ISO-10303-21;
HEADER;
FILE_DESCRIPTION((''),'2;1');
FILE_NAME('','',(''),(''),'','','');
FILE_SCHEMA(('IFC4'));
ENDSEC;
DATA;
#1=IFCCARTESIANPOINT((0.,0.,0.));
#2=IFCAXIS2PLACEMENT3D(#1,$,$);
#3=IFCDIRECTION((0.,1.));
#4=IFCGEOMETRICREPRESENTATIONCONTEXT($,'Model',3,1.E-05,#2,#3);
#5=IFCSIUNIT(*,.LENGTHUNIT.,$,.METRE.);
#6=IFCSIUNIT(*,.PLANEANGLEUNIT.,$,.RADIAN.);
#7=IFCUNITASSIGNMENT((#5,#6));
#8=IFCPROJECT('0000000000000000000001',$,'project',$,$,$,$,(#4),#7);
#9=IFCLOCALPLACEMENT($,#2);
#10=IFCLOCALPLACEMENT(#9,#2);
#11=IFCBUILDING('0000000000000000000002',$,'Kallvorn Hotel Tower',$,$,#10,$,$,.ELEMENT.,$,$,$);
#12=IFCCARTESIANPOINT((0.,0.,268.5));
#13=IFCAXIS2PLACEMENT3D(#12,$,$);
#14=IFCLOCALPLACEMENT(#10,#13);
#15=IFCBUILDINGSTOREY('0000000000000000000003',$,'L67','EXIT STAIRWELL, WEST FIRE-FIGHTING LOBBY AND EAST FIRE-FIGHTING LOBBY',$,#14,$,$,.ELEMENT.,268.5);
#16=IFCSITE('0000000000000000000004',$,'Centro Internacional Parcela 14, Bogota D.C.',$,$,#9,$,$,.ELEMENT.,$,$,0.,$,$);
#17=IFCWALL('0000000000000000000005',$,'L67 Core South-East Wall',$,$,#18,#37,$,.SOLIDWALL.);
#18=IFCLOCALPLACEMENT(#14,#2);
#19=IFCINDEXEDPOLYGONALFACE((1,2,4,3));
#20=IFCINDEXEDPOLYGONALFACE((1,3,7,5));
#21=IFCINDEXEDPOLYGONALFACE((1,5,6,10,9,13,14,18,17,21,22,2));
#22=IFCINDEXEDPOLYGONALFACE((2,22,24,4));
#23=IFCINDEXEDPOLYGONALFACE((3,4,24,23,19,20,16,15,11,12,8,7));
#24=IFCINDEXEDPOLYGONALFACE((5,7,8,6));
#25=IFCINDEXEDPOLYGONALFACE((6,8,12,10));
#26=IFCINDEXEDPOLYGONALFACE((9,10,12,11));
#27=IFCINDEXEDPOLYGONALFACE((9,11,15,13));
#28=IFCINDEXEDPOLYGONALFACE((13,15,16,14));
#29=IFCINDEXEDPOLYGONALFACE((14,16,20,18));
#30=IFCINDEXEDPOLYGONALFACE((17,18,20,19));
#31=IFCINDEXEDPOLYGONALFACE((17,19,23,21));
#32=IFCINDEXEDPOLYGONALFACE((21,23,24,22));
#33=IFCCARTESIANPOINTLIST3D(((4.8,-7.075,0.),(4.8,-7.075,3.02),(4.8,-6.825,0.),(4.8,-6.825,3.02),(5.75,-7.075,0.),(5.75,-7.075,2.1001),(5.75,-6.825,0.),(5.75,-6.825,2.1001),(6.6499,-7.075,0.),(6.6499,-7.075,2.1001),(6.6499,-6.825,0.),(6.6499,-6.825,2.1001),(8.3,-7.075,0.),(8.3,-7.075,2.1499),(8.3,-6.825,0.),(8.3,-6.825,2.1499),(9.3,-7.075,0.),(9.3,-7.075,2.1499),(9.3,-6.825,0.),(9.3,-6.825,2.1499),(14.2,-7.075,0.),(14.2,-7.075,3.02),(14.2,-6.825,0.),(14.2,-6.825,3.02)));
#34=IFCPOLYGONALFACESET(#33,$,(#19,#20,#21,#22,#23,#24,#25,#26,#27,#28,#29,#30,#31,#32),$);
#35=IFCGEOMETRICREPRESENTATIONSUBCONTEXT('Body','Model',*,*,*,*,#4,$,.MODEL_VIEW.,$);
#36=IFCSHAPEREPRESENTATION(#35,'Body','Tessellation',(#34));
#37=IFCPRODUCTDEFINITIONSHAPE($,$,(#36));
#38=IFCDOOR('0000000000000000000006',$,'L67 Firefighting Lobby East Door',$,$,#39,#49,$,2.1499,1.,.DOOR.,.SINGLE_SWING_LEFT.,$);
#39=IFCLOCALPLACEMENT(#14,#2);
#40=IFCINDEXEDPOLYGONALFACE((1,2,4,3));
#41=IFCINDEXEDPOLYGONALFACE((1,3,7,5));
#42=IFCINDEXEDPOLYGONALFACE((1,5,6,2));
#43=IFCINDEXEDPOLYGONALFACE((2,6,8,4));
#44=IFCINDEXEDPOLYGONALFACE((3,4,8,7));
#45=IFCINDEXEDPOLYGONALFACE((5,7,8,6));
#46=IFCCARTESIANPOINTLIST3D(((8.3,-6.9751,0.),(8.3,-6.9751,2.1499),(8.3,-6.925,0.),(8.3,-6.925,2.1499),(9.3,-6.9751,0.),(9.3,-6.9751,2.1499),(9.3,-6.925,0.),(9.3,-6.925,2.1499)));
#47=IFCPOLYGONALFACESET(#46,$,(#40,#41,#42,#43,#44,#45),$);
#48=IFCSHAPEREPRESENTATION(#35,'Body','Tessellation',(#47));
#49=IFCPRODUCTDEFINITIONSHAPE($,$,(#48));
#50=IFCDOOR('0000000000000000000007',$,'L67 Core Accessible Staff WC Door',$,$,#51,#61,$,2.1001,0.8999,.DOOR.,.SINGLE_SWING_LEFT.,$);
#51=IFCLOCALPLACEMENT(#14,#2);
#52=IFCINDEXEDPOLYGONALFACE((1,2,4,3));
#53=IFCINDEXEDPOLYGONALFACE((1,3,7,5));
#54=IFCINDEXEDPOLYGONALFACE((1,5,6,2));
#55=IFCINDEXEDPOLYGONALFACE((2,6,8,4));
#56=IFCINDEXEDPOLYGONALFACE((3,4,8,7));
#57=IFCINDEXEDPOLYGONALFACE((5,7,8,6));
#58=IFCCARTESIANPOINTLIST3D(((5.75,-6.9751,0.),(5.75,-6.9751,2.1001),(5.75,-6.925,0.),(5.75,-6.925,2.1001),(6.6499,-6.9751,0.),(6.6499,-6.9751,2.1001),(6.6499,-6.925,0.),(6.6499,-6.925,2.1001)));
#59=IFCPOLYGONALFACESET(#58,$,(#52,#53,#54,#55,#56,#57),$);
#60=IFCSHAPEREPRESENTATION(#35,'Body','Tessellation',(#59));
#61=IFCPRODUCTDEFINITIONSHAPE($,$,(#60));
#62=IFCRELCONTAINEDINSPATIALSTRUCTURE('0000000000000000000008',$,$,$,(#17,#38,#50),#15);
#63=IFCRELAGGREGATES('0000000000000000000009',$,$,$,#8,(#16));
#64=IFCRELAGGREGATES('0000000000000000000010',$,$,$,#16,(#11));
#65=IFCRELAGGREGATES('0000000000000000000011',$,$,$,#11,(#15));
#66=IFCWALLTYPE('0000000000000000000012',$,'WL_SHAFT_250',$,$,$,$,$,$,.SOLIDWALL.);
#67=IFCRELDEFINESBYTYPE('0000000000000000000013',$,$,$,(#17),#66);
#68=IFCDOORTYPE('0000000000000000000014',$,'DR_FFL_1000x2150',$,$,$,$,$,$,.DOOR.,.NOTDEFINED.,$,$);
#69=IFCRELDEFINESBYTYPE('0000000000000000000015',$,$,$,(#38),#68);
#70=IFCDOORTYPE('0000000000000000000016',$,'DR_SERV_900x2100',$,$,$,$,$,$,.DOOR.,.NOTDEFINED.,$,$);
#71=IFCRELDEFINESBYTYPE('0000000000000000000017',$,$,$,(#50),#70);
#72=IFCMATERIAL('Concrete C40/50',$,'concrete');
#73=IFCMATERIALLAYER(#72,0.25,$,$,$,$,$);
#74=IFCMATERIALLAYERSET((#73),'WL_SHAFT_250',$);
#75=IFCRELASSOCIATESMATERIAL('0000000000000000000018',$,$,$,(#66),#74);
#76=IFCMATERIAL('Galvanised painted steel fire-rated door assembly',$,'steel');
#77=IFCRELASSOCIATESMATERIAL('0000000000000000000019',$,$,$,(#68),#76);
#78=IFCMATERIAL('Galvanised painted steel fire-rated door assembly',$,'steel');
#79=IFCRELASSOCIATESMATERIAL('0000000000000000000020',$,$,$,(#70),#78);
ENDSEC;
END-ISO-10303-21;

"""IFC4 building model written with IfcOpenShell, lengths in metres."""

from ifc_helpers import new_model, si_unit, direction, frame, frame_2d, origin, place, context, subcontext, project, spatial, rectangle, extrude, material, layer, layer_set, type_object, element, fill, save


model = new_model("IFC4")

# Units and contexts
model_context = context("Model", 3, precision=1e-05, world=origin(), true_north=direction((0.0, 1.0)))
body_context = subcontext(model_context, "Body", "Model", "MODEL_VIEW")
ifc_project = project(units=[si_unit("LENGTHUNIT", "METRE"), si_unit("PLANEANGLEUNIT", "RADIAN")], contexts=[model_context])

# Site, building, storey
site_placement = place(None, origin())
site = spatial("IfcSite", under=ifc_project, at=site_placement, Name="Centro Internacional Parcela 14, Bogota D.C.", CompositionType="ELEMENT", RefElevation=0.0)
building_placement = place(site_placement, origin())
building = spatial("IfcBuilding", under=site, at=building_placement, Name="Kallvorn Hotel Tower", CompositionType="ELEMENT")
storey_placement = place(building_placement, frame((0.0, 0.0, 268.5)))
storey = spatial("IfcBuildingStorey", under=building, at=storey_placement, Name="L67", Description="EXIT STAIRWELL, WEST FIRE-FIGHTING LOBBY AND EAST FIRE-FIGHTING LOBBY", CompositionType="ELEMENT", Elevation=268.5)

# Wall, openings, doors
ifc_material_1 = material(Name="Concrete C40/50", Category="concrete")
ifc_layer_1 = layer(ifc_material_1, 0.25)
ifc_layer_set_1 = layer_set([ifc_layer_1], Name="WL_SHAFT_250")
wall_type_1 = type_object("IfcWallType", Name="WL_SHAFT_250", PredefinedType="SOLIDWALL", material=ifc_layer_set_1)
wall_1_placement = place(storey_placement, frame((4.8, -6.95, 0.0), z_axis=(0.0, 0.0, 1.0), x_axis=(1.0, 0.0, 0.0)))
wall_1 = element("IfcWall", 1, at=wall_1_placement, inside=storey, type_object=wall_type_1, Name="L67 Core South-East Wall", PredefinedType="SOLIDWALL", context=body_context, shape_type="SweptSolid", body=[
    extrude(rectangle(XDim=9.3999, YDim=0.25, at=frame_2d((4.7, 0.0))), origin(), (0.0, 0.0, 1.0), 3.02),
])
opening_1_placement = place(wall_1_placement, frame((3.5, 0.0, 0.0)))
opening_1 = element("IfcOpeningElement", 2, at=opening_1_placement, cuts=wall_1, PredefinedType="OPENING", context=body_context, shape_type="SweptSolid", body=[
    extrude(rectangle(XDim=1.0, YDim=2.1499, at=frame_2d((0.5, 1.075))), frame((0.0, 0.1399, 0.0), z_axis=(0.0, -1.0, 0.0), x_axis=(1.0, 0.0, 0.0)), (0.0, 0.0, 1.0), 0.28),
])
opening_2_placement = place(wall_1_placement, frame((0.95, 0.0, 0.0)))
opening_2 = element("IfcOpeningElement", 3, at=opening_2_placement, cuts=wall_1, PredefinedType="OPENING", context=body_context, shape_type="SweptSolid", body=[
    extrude(rectangle(XDim=0.8999, YDim=2.1001, at=frame_2d((0.45, 1.05))), frame((0.0, 0.1399, 0.0), z_axis=(0.0, -1.0, 0.0), x_axis=(1.0, 0.0, 0.0)), (0.0, 0.0, 1.0), 0.28),
])
ifc_material_2 = material(Name="Galvanised painted steel fire-rated door assembly", Category="steel")
door_type_1 = type_object("IfcDoorType", Name="DR_FFL_1000x2150", OperationType="NOTDEFINED", PredefinedType="DOOR", material=ifc_material_2)
door_1_placement = place(opening_1_placement, origin())
door_1 = element("IfcDoor", 4, at=door_1_placement, inside=storey, type_object=door_type_1, Name="L67 Firefighting Lobby East Door", OperationType="SINGLE_SWING_LEFT", OverallHeight=2.1499, OverallWidth=1.0, PredefinedType="DOOR", context=body_context, shape_type="SweptSolid", body=[
    extrude(rectangle(XDim=1.0, YDim=2.1499, at=frame_2d((0.5, 1.075))), frame((0.0, 0.0249, 0.0), z_axis=(0.0, -1.0, 0.0), x_axis=(1.0, 0.0, 0.0)), (0.0, 0.0, 1.0), 0.05),
])
fill(opening_1, door_1)
ifc_material_3 = material(Name="Galvanised painted steel fire-rated door assembly", Category="steel")
door_type_2 = type_object("IfcDoorType", Name="DR_SERV_900x2100", OperationType="NOTDEFINED", PredefinedType="DOOR", material=ifc_material_3)
door_2_placement = place(opening_2_placement, origin())
door_2 = element("IfcDoor", 5, at=door_2_placement, inside=storey, type_object=door_type_2, Name="L67 Core Accessible Staff WC Door", OperationType="SINGLE_SWING_LEFT", OverallHeight=2.1001, OverallWidth=0.8999, PredefinedType="DOOR", context=body_context, shape_type="SweptSolid", body=[
    extrude(rectangle(XDim=0.8999, YDim=2.1001, at=frame_2d((0.45, 1.05))), frame((0.0, 0.0249, 0.0), z_axis=(0.0, -1.0, 0.0), x_axis=(1.0, 0.0, 0.0)), (0.0, 0.0, 1.0), 0.05),
])
fill(opening_2, door_2)

save(model, "model.ifc")
